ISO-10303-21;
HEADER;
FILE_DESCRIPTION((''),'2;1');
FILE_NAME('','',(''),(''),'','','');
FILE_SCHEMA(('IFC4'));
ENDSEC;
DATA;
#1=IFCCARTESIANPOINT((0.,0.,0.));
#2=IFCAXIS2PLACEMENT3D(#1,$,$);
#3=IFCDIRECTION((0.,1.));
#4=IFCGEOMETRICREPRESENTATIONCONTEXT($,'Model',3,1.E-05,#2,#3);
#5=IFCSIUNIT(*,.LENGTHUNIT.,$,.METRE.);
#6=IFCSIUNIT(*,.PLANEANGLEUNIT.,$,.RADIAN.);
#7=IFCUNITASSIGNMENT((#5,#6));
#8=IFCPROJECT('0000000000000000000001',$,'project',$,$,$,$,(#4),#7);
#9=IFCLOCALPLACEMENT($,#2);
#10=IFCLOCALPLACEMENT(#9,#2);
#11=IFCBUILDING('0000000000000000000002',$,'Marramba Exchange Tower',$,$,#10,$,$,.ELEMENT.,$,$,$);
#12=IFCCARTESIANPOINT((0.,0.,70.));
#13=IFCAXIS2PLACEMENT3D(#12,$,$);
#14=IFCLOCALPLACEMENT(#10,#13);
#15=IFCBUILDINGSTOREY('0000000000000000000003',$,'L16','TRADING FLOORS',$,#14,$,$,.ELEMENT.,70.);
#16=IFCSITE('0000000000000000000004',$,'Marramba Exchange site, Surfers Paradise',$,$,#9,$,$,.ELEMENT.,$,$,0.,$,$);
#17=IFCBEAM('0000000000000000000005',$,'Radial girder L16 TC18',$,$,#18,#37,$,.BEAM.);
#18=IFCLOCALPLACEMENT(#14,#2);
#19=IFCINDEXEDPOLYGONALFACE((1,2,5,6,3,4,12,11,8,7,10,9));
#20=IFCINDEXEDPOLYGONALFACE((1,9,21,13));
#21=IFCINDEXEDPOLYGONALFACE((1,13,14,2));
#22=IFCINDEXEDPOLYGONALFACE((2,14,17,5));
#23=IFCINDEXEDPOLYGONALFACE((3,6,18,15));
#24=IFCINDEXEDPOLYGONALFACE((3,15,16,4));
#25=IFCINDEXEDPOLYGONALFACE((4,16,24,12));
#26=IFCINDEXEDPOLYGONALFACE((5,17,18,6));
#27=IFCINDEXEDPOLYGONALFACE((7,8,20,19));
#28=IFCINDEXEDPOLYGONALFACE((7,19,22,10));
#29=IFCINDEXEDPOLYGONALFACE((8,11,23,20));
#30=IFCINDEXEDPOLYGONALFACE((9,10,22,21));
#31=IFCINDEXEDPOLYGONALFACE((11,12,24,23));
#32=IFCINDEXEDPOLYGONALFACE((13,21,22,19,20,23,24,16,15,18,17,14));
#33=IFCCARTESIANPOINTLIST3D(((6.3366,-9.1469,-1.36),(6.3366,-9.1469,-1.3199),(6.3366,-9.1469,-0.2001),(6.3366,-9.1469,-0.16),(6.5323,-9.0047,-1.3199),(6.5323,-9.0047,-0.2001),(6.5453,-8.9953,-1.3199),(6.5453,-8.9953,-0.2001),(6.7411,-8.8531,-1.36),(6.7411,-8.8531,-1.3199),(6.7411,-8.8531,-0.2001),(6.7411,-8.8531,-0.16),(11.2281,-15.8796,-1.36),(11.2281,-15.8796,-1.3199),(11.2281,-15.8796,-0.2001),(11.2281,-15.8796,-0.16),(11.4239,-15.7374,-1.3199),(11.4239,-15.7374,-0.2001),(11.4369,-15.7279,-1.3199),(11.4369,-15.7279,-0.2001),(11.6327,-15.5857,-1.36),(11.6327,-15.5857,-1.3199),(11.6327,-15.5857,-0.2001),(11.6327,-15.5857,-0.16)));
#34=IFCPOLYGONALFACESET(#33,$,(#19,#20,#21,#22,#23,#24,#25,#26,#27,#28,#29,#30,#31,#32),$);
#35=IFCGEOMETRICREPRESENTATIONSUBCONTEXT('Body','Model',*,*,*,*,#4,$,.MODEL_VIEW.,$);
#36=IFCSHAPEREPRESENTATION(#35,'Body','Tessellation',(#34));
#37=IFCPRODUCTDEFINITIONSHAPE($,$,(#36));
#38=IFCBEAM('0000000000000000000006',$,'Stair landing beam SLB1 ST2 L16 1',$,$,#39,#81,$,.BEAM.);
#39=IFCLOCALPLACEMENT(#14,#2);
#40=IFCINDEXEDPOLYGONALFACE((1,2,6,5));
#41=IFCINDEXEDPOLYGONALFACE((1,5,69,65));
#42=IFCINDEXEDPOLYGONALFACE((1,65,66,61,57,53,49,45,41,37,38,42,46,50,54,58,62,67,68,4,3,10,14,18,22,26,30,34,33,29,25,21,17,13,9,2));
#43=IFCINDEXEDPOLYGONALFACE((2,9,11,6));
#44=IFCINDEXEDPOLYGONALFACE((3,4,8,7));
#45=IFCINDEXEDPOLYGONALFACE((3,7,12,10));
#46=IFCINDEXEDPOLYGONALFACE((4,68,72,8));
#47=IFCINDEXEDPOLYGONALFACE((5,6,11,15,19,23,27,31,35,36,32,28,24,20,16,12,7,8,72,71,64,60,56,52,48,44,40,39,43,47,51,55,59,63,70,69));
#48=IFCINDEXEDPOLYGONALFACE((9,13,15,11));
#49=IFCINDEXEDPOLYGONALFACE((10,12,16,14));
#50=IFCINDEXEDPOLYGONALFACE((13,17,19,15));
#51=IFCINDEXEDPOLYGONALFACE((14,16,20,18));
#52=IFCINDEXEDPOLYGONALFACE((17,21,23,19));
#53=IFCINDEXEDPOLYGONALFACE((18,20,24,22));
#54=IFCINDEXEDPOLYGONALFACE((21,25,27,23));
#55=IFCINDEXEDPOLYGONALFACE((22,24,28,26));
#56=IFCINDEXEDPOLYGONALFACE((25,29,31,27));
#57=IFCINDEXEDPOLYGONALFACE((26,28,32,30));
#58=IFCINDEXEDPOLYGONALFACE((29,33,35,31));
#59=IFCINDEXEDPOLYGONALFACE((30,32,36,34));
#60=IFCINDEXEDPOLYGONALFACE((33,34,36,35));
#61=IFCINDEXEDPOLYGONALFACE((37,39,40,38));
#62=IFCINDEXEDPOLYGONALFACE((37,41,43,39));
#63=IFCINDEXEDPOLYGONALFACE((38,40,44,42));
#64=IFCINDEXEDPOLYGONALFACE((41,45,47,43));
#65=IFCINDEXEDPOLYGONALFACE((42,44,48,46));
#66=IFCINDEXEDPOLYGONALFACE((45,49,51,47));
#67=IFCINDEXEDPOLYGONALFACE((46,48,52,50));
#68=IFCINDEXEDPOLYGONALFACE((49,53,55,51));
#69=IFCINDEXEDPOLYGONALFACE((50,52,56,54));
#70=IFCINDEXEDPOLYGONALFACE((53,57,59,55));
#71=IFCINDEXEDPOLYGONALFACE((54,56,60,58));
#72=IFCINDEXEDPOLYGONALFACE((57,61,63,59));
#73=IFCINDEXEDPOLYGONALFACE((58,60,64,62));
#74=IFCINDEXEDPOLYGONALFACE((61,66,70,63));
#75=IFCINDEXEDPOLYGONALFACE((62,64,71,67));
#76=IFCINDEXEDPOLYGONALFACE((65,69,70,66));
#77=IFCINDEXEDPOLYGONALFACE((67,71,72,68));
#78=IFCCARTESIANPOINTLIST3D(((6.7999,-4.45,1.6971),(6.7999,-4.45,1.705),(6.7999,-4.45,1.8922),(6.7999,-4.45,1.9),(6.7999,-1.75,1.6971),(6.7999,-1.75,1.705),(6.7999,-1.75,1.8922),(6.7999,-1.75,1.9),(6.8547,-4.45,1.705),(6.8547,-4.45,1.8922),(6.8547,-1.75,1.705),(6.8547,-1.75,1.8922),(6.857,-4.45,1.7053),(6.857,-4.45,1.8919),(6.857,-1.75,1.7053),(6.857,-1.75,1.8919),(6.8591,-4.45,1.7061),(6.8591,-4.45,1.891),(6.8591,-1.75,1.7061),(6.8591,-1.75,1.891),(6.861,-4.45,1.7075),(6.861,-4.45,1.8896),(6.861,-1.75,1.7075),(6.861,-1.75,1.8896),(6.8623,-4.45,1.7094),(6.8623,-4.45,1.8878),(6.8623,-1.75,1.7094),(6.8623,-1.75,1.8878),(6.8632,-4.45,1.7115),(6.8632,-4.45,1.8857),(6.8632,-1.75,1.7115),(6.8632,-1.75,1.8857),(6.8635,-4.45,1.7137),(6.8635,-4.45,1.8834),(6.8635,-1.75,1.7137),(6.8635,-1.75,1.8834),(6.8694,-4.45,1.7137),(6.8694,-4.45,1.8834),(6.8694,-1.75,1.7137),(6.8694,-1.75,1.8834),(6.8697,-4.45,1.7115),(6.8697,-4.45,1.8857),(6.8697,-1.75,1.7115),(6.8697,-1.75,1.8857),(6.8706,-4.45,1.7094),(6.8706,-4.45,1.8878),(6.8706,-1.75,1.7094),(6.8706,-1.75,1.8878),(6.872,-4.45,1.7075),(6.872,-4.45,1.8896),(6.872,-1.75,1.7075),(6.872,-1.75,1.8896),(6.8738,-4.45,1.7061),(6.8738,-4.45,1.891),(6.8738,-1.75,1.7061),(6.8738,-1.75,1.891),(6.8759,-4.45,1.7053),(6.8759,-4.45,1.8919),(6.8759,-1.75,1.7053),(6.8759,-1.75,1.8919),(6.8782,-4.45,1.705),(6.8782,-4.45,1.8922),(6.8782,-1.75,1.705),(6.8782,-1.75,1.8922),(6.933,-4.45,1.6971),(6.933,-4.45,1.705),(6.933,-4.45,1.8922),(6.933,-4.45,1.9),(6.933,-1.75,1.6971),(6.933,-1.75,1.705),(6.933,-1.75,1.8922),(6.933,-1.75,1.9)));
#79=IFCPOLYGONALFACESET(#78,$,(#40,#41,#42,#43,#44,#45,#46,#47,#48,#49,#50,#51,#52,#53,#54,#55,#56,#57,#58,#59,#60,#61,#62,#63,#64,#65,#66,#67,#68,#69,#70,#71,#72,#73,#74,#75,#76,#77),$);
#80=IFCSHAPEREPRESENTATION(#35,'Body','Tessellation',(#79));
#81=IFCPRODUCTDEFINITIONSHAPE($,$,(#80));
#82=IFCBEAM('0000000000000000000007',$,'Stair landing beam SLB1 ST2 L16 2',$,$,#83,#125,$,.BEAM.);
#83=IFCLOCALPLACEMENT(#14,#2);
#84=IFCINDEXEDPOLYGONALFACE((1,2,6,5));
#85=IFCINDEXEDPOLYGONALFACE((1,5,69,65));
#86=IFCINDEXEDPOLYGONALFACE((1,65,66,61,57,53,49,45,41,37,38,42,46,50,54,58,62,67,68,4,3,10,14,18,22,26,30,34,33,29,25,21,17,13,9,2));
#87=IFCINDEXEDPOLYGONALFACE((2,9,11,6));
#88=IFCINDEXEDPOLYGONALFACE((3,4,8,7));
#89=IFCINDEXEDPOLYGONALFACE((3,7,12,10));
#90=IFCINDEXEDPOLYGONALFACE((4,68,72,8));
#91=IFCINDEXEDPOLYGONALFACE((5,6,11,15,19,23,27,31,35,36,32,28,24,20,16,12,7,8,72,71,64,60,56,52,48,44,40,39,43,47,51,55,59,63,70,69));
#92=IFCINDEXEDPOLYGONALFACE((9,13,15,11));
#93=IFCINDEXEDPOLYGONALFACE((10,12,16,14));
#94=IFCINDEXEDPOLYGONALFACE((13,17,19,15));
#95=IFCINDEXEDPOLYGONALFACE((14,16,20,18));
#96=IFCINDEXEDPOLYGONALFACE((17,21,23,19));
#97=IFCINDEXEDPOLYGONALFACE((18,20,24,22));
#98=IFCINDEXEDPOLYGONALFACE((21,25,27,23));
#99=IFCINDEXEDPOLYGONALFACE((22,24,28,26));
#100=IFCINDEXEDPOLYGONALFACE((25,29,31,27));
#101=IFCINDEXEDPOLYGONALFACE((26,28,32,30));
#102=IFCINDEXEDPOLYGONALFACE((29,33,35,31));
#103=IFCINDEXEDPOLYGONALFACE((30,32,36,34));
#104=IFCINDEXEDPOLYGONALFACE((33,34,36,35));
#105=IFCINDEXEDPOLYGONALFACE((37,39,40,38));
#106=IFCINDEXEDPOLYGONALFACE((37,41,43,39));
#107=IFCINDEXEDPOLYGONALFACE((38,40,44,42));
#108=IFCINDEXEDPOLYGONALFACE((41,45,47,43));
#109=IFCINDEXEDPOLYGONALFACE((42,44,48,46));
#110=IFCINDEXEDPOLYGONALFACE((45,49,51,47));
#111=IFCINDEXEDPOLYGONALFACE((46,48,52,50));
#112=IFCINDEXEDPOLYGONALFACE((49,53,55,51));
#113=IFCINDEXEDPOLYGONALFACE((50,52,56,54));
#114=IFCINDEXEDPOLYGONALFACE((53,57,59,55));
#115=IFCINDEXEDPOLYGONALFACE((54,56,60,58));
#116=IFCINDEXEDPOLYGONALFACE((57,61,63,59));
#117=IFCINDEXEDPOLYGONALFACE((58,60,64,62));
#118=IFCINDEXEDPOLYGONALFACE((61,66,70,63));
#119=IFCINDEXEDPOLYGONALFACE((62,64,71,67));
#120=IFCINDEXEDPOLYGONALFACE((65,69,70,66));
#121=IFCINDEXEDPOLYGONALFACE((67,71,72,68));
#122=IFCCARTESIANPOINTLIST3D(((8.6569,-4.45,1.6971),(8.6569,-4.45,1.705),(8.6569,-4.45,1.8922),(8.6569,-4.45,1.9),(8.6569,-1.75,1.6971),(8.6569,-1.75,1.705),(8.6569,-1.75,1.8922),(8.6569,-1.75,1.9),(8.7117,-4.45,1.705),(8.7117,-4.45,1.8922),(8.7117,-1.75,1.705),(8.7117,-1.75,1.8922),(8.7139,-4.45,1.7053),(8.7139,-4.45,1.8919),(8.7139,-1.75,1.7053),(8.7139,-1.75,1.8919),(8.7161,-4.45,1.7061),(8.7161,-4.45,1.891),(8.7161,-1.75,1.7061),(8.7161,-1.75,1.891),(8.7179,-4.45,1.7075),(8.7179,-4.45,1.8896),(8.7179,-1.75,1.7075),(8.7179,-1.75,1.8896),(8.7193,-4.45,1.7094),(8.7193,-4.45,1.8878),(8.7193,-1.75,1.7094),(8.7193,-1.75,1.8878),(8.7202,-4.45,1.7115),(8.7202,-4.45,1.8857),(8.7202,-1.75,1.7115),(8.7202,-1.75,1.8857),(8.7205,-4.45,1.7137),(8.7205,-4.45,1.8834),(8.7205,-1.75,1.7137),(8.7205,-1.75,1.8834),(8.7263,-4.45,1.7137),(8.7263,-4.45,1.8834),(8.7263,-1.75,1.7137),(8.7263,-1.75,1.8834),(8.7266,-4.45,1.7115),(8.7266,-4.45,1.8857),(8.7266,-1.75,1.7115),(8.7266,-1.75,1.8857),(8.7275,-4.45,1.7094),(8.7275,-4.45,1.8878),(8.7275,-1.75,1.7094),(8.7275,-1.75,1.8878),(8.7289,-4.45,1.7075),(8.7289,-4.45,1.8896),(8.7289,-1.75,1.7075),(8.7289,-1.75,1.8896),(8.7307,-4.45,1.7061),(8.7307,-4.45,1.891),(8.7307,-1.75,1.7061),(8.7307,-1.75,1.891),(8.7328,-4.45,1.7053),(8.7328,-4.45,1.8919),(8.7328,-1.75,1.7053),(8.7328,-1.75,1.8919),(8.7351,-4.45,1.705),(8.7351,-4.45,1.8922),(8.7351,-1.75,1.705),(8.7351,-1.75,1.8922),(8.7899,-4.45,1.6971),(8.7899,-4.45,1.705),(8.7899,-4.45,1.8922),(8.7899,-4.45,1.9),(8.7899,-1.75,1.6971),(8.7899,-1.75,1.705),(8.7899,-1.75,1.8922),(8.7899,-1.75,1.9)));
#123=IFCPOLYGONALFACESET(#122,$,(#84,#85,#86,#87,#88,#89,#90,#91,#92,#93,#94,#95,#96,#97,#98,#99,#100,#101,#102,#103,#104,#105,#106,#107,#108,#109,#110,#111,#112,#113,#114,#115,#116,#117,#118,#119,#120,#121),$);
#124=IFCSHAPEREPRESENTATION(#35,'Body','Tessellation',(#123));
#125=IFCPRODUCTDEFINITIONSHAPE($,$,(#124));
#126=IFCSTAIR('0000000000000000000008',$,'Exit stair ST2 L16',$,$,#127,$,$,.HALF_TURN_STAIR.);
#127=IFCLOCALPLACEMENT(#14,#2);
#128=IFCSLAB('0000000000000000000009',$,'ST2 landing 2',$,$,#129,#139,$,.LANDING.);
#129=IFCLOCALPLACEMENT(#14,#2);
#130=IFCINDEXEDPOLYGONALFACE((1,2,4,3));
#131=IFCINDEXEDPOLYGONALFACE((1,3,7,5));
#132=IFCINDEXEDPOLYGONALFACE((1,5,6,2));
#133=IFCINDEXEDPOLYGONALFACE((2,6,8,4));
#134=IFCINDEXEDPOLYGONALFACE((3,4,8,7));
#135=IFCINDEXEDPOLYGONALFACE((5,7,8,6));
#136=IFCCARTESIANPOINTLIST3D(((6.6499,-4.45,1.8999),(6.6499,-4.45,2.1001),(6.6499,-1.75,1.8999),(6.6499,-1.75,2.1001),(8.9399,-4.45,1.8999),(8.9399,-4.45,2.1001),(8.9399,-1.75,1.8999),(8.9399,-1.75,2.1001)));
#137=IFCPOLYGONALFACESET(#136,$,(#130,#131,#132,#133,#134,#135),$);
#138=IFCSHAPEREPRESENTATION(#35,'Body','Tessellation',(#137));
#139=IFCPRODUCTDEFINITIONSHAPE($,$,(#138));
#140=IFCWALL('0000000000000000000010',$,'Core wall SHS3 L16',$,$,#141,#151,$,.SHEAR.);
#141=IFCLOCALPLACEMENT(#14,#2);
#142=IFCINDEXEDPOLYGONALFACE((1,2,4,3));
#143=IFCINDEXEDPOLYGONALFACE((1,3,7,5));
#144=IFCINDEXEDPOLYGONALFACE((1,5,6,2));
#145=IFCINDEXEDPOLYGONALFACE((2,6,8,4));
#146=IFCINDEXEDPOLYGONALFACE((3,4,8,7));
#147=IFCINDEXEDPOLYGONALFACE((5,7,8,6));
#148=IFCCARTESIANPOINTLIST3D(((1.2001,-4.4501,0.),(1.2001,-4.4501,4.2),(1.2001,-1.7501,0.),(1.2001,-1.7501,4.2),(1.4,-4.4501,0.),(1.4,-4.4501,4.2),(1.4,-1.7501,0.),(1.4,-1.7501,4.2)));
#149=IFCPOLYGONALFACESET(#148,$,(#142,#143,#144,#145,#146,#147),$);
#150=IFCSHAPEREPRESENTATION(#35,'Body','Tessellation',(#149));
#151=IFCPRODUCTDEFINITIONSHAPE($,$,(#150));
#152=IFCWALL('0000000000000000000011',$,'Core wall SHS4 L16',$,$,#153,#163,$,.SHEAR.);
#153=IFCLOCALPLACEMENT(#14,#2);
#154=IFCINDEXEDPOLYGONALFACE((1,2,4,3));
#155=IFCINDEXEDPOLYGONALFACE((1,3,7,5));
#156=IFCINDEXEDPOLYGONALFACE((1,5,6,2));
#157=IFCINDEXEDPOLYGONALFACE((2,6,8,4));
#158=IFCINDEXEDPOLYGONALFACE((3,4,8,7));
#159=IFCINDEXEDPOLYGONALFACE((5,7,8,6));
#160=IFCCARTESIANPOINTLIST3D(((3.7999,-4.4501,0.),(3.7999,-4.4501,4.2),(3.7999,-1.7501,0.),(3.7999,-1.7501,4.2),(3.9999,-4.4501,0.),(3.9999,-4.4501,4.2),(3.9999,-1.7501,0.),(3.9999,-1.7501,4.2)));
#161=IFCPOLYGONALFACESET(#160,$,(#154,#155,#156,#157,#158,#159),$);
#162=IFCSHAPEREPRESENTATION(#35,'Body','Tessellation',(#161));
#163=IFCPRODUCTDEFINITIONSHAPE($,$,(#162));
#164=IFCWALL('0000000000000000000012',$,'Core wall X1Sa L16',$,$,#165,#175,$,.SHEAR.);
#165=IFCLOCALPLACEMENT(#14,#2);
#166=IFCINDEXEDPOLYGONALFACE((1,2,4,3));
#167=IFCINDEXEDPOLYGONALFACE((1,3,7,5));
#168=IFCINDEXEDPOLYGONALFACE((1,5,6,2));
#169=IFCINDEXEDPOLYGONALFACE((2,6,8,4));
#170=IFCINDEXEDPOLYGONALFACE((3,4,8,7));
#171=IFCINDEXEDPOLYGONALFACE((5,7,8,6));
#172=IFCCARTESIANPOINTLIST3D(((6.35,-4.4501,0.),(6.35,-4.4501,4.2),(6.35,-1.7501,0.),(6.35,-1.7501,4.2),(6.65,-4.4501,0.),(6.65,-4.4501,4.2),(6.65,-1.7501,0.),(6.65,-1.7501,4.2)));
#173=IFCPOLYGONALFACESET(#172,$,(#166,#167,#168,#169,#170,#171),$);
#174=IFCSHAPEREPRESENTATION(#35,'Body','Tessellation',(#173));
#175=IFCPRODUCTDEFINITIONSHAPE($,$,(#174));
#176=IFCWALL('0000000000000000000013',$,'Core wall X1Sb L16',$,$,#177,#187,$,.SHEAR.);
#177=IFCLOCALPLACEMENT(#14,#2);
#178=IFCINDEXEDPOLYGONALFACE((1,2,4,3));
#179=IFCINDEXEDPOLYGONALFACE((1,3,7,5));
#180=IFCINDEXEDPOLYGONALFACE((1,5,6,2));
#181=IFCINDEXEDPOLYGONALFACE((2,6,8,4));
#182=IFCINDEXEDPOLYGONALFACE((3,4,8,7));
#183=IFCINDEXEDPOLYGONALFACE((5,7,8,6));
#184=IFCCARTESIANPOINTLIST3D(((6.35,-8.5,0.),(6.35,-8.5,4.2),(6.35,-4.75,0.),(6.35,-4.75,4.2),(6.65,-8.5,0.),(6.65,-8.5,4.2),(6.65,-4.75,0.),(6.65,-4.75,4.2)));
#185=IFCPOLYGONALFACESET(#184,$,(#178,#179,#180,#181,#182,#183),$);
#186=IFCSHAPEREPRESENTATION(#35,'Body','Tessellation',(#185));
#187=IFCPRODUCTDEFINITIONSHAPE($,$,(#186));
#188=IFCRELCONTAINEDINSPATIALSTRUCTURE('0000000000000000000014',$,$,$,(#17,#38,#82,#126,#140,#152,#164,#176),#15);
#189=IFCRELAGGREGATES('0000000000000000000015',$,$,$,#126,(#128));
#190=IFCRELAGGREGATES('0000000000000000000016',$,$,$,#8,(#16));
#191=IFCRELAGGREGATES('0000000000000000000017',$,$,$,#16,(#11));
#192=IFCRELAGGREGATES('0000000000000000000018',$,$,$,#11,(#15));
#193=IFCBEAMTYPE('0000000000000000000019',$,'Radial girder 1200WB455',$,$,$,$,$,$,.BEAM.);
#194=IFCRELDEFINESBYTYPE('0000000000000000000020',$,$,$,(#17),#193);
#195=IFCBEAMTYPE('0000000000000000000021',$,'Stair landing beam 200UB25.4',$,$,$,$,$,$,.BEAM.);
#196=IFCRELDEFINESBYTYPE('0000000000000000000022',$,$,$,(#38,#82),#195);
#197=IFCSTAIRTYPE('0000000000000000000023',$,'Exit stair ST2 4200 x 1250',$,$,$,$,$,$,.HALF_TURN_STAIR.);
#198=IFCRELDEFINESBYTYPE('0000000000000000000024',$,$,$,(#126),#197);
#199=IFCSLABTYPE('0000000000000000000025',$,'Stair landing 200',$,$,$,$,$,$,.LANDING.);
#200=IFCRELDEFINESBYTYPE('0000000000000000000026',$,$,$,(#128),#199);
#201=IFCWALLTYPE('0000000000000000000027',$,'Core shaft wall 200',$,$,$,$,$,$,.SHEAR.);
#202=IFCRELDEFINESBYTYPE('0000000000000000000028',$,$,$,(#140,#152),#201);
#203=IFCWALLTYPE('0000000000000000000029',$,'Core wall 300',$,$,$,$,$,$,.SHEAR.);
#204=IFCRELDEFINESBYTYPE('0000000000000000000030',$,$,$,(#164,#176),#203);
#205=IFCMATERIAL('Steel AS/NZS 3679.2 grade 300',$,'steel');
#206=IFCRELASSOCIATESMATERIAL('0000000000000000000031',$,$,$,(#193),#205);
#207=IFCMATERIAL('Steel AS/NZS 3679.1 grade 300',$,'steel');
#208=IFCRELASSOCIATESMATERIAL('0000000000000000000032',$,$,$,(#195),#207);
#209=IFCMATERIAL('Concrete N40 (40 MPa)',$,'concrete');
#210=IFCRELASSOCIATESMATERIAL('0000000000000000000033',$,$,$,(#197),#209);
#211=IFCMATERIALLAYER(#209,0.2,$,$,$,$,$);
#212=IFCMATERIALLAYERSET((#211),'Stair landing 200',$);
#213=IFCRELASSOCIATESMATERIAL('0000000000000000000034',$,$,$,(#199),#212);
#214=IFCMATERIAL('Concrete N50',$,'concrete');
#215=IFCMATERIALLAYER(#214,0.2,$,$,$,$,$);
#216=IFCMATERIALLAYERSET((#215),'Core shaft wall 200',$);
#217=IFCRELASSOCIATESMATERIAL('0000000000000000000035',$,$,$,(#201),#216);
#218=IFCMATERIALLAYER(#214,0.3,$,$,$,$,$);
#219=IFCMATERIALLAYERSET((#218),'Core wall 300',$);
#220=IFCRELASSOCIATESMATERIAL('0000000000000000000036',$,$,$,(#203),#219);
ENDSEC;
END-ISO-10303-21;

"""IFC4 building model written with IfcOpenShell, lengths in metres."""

from ifc_helpers import new_model, si_unit, direction, frame, frame_2d, origin, origin_2d, place, context, subcontext, project, spatial, polyline, rectangle, i_section, outline, extrude, material, layer, layer_set, material_profile, profile_set, type_object, element, aggregate, save


model = new_model("IFC4")

# Units and contexts
model_context = context("Model", 3, precision=1e-05, world=origin(), true_north=direction((0.0, 1.0)))
body_context = subcontext(model_context, "Body", "Model", "MODEL_VIEW")
ifc_project = project(units=[si_unit("LENGTHUNIT", "METRE"), si_unit("PLANEANGLEUNIT", "RADIAN")], contexts=[model_context])

# Site, building, storey
site_placement = place(None, origin())
site = spatial("IfcSite", under=ifc_project, at=site_placement, Name="Marramba Exchange site, Surfers Paradise", CompositionType="ELEMENT", RefElevation=0.0)
building_placement = place(site_placement, origin())
building = spatial("IfcBuilding", under=site, at=building_placement, Name="Marramba Exchange Tower", CompositionType="ELEMENT")
storey_placement = place(building_placement, frame((0.0, 0.0, 70.0)))
storey = spatial("IfcBuildingStorey", under=building, at=storey_placement, Name="L16", Description="TRADING FLOORS", CompositionType="ELEMENT", Elevation=70.0)

# Beams
ifc_material_1 = material(Name="Steel AS/NZS 3679.2 grade 300", Category="steel")
ifc_material_profile_1 = material_profile(ifc_material_1, i_section(OverallWidth=0.5, OverallDepth=1.2, WebThickness=0.0161, FlangeThickness=0.04, at=origin_2d()), Name="1200WB455")
ifc_profile_set_1 = profile_set([ifc_material_profile_1], Name="Steel AS/NZS 3679.2 grade 300")
beam_type_1 = type_object("IfcBeamType", Name="Radial girder 1200WB455", PredefinedType="BEAM", material=ifc_profile_set_1)
beam_placement = place(storey_placement, frame((6.5388, -9.0, -0.76), z_axis=(0.587788, -0.809015, 0.0), x_axis=(0.809015, 0.587788, 0.0)))
element("IfcBeam", 1, at=beam_placement, inside=storey, type_object=beam_type_1, Name="Radial girder L16 TC18", PredefinedType="BEAM", context=body_context, shape_type="SweptSolid", body=[
    extrude(i_section(OverallWidth=0.5, OverallDepth=1.2, WebThickness=0.0161, FlangeThickness=0.04, at=origin_2d()), origin(), (0.0, 0.0, 1.0), 8.322),
])
ifc_material_2 = material(Name="Steel AS/NZS 3679.1 grade 300", Category="steel")
ifc_material_profile_2 = material_profile(ifc_material_2, i_section(OverallWidth=0.1331, OverallDepth=0.2029, WebThickness=0.0059, FlangeThickness=0.0078, FilletRadius=0.0088, at=origin_2d()), Name="200UB25.4")
ifc_profile_set_2 = profile_set([ifc_material_profile_2], Name="Steel AS/NZS 3679.1 grade 300")
beam_type_2 = type_object("IfcBeamType", Name="Stair landing beam 200UB25.4", PredefinedType="BEAM", material=ifc_profile_set_2)
for number, where, z_axis, x_axis, name in (
    (2, (6.8665, -4.45, 1.7986), (0.0, 1.0, 0.0), (-1.0, 0.0, 0.0), "Stair landing beam SLB1 ST2 L16 1"),
    (3, (8.7234, -4.45, 1.7986), (0.0, 1.0, 0.0), (-1.0, 0.0, 0.0), "Stair landing beam SLB1 ST2 L16 2"),
):
    element("IfcBeam", number, at=place(storey_placement, frame(where, z_axis=z_axis, x_axis=x_axis)), inside=storey, type_object=beam_type_2, Name=name, PredefinedType="BEAM", context=body_context, shape_type="SweptSolid", body=[
        extrude(i_section(OverallWidth=0.1331, OverallDepth=0.2029, WebThickness=0.0059, FlangeThickness=0.0078, FilletRadius=0.0088, at=origin_2d()), origin(), (0.0, 0.0, 1.0), 2.7),
    ])

# Stair, slab
ifc_material_3 = material(Name="Concrete N40 (40 MPa)", Category="concrete")
stair_type = type_object("IfcStairType", Name="Exit stair ST2 4200 x 1250", PredefinedType="HALF_TURN_STAIR", material=ifc_material_3)
stair_placement = place(storey_placement, origin())
stair = element("IfcStair", 4, at=stair_placement, inside=storey, type_object=stair_type, Name="Exit stair ST2 L16", PredefinedType="HALF_TURN_STAIR")
ifc_layer_1 = layer(ifc_material_3, 0.2)
ifc_layer_set_1 = layer_set([ifc_layer_1], Name="Stair landing 200")
slab_type = type_object("IfcSlabType", Name="Stair landing 200", PredefinedType="LANDING", material=ifc_layer_set_1)
slab_placement = place(storey_placement, frame((0.0, 0.0, 1.8999)))
slab = element("IfcSlab", 5, at=slab_placement, type_object=slab_type, Name="ST2 landing 2", PredefinedType="LANDING", context=body_context, shape_type="SweptSolid", body=[
    extrude(outline(polyline([(6.6499, -4.45), (8.9399, -4.45), (8.9399, -1.75), (6.6499, -1.75), (6.6499, -4.45)])), origin(), (0.0, 0.0, 1.0), 0.2002),
])

# Walls
ifc_material_4 = material(Name="Concrete N50", Category="concrete")
ifc_layer_2 = layer(ifc_material_4, 0.2)
ifc_layer_set_2 = layer_set([ifc_layer_2], Name="Core shaft wall 200")
wall_type_1 = type_object("IfcWallType", Name="Core shaft wall 200", PredefinedType="SHEAR", material=ifc_layer_set_2)
for number, where, z_axis, x_axis, name in (
    (6, (1.3, -1.75, 0.0), (0.0, 0.0, 1.0), (0.0, -1.0, 0.0), "Core wall SHS3 L16"),
    (7, (3.8999, -1.75, 0.0), (0.0, 0.0, 1.0), (0.0, -1.0, 0.0), "Core wall SHS4 L16"),
):
    element("IfcWall", number, at=place(storey_placement, frame(where, z_axis=z_axis, x_axis=x_axis)), inside=storey, type_object=wall_type_1, Name=name, PredefinedType="SHEAR", context=body_context, shape_type="SweptSolid", body=[
        extrude(rectangle(XDim=2.7, YDim=0.2, at=frame_2d((1.3501, 0.0))), origin(), (0.0, 0.0, 1.0), 4.2),
    ])
ifc_layer_3 = layer(ifc_material_4, 0.3)
ifc_layer_set_3 = layer_set([ifc_layer_3], Name="Core wall 300")
wall_type_2 = type_object("IfcWallType", Name="Core wall 300", PredefinedType="SHEAR", material=ifc_layer_set_3)
wall_1_placement = place(storey_placement, frame((6.5, -1.75, 0.0), z_axis=(0.0, 0.0, 1.0), x_axis=(0.0, -1.0, 0.0)))
element("IfcWall", 8, at=wall_1_placement, inside=storey, type_object=wall_type_2, Name="Core wall X1Sa L16", PredefinedType="SHEAR", context=body_context, shape_type="SweptSolid", body=[
    extrude(rectangle(XDim=2.7, YDim=0.3, at=frame_2d((1.3501, 0.0))), origin(), (0.0, 0.0, 1.0), 4.2),
])
wall_2_placement = place(storey_placement, frame((6.5, -4.75, 0.0), z_axis=(0.0, 0.0, 1.0), x_axis=(0.0, -1.0, 0.0)))
element("IfcWall", 9, at=wall_2_placement, inside=storey, type_object=wall_type_2, Name="Core wall X1Sb L16", PredefinedType="SHEAR", context=body_context, shape_type="SweptSolid", body=[
    extrude(rectangle(XDim=3.75, YDim=0.3, at=frame_2d((1.875, 0.0))), origin(), (0.0, 0.0, 1.0), 4.2),
])

aggregate(stair, [slab])

save(model, "model.ifc")
